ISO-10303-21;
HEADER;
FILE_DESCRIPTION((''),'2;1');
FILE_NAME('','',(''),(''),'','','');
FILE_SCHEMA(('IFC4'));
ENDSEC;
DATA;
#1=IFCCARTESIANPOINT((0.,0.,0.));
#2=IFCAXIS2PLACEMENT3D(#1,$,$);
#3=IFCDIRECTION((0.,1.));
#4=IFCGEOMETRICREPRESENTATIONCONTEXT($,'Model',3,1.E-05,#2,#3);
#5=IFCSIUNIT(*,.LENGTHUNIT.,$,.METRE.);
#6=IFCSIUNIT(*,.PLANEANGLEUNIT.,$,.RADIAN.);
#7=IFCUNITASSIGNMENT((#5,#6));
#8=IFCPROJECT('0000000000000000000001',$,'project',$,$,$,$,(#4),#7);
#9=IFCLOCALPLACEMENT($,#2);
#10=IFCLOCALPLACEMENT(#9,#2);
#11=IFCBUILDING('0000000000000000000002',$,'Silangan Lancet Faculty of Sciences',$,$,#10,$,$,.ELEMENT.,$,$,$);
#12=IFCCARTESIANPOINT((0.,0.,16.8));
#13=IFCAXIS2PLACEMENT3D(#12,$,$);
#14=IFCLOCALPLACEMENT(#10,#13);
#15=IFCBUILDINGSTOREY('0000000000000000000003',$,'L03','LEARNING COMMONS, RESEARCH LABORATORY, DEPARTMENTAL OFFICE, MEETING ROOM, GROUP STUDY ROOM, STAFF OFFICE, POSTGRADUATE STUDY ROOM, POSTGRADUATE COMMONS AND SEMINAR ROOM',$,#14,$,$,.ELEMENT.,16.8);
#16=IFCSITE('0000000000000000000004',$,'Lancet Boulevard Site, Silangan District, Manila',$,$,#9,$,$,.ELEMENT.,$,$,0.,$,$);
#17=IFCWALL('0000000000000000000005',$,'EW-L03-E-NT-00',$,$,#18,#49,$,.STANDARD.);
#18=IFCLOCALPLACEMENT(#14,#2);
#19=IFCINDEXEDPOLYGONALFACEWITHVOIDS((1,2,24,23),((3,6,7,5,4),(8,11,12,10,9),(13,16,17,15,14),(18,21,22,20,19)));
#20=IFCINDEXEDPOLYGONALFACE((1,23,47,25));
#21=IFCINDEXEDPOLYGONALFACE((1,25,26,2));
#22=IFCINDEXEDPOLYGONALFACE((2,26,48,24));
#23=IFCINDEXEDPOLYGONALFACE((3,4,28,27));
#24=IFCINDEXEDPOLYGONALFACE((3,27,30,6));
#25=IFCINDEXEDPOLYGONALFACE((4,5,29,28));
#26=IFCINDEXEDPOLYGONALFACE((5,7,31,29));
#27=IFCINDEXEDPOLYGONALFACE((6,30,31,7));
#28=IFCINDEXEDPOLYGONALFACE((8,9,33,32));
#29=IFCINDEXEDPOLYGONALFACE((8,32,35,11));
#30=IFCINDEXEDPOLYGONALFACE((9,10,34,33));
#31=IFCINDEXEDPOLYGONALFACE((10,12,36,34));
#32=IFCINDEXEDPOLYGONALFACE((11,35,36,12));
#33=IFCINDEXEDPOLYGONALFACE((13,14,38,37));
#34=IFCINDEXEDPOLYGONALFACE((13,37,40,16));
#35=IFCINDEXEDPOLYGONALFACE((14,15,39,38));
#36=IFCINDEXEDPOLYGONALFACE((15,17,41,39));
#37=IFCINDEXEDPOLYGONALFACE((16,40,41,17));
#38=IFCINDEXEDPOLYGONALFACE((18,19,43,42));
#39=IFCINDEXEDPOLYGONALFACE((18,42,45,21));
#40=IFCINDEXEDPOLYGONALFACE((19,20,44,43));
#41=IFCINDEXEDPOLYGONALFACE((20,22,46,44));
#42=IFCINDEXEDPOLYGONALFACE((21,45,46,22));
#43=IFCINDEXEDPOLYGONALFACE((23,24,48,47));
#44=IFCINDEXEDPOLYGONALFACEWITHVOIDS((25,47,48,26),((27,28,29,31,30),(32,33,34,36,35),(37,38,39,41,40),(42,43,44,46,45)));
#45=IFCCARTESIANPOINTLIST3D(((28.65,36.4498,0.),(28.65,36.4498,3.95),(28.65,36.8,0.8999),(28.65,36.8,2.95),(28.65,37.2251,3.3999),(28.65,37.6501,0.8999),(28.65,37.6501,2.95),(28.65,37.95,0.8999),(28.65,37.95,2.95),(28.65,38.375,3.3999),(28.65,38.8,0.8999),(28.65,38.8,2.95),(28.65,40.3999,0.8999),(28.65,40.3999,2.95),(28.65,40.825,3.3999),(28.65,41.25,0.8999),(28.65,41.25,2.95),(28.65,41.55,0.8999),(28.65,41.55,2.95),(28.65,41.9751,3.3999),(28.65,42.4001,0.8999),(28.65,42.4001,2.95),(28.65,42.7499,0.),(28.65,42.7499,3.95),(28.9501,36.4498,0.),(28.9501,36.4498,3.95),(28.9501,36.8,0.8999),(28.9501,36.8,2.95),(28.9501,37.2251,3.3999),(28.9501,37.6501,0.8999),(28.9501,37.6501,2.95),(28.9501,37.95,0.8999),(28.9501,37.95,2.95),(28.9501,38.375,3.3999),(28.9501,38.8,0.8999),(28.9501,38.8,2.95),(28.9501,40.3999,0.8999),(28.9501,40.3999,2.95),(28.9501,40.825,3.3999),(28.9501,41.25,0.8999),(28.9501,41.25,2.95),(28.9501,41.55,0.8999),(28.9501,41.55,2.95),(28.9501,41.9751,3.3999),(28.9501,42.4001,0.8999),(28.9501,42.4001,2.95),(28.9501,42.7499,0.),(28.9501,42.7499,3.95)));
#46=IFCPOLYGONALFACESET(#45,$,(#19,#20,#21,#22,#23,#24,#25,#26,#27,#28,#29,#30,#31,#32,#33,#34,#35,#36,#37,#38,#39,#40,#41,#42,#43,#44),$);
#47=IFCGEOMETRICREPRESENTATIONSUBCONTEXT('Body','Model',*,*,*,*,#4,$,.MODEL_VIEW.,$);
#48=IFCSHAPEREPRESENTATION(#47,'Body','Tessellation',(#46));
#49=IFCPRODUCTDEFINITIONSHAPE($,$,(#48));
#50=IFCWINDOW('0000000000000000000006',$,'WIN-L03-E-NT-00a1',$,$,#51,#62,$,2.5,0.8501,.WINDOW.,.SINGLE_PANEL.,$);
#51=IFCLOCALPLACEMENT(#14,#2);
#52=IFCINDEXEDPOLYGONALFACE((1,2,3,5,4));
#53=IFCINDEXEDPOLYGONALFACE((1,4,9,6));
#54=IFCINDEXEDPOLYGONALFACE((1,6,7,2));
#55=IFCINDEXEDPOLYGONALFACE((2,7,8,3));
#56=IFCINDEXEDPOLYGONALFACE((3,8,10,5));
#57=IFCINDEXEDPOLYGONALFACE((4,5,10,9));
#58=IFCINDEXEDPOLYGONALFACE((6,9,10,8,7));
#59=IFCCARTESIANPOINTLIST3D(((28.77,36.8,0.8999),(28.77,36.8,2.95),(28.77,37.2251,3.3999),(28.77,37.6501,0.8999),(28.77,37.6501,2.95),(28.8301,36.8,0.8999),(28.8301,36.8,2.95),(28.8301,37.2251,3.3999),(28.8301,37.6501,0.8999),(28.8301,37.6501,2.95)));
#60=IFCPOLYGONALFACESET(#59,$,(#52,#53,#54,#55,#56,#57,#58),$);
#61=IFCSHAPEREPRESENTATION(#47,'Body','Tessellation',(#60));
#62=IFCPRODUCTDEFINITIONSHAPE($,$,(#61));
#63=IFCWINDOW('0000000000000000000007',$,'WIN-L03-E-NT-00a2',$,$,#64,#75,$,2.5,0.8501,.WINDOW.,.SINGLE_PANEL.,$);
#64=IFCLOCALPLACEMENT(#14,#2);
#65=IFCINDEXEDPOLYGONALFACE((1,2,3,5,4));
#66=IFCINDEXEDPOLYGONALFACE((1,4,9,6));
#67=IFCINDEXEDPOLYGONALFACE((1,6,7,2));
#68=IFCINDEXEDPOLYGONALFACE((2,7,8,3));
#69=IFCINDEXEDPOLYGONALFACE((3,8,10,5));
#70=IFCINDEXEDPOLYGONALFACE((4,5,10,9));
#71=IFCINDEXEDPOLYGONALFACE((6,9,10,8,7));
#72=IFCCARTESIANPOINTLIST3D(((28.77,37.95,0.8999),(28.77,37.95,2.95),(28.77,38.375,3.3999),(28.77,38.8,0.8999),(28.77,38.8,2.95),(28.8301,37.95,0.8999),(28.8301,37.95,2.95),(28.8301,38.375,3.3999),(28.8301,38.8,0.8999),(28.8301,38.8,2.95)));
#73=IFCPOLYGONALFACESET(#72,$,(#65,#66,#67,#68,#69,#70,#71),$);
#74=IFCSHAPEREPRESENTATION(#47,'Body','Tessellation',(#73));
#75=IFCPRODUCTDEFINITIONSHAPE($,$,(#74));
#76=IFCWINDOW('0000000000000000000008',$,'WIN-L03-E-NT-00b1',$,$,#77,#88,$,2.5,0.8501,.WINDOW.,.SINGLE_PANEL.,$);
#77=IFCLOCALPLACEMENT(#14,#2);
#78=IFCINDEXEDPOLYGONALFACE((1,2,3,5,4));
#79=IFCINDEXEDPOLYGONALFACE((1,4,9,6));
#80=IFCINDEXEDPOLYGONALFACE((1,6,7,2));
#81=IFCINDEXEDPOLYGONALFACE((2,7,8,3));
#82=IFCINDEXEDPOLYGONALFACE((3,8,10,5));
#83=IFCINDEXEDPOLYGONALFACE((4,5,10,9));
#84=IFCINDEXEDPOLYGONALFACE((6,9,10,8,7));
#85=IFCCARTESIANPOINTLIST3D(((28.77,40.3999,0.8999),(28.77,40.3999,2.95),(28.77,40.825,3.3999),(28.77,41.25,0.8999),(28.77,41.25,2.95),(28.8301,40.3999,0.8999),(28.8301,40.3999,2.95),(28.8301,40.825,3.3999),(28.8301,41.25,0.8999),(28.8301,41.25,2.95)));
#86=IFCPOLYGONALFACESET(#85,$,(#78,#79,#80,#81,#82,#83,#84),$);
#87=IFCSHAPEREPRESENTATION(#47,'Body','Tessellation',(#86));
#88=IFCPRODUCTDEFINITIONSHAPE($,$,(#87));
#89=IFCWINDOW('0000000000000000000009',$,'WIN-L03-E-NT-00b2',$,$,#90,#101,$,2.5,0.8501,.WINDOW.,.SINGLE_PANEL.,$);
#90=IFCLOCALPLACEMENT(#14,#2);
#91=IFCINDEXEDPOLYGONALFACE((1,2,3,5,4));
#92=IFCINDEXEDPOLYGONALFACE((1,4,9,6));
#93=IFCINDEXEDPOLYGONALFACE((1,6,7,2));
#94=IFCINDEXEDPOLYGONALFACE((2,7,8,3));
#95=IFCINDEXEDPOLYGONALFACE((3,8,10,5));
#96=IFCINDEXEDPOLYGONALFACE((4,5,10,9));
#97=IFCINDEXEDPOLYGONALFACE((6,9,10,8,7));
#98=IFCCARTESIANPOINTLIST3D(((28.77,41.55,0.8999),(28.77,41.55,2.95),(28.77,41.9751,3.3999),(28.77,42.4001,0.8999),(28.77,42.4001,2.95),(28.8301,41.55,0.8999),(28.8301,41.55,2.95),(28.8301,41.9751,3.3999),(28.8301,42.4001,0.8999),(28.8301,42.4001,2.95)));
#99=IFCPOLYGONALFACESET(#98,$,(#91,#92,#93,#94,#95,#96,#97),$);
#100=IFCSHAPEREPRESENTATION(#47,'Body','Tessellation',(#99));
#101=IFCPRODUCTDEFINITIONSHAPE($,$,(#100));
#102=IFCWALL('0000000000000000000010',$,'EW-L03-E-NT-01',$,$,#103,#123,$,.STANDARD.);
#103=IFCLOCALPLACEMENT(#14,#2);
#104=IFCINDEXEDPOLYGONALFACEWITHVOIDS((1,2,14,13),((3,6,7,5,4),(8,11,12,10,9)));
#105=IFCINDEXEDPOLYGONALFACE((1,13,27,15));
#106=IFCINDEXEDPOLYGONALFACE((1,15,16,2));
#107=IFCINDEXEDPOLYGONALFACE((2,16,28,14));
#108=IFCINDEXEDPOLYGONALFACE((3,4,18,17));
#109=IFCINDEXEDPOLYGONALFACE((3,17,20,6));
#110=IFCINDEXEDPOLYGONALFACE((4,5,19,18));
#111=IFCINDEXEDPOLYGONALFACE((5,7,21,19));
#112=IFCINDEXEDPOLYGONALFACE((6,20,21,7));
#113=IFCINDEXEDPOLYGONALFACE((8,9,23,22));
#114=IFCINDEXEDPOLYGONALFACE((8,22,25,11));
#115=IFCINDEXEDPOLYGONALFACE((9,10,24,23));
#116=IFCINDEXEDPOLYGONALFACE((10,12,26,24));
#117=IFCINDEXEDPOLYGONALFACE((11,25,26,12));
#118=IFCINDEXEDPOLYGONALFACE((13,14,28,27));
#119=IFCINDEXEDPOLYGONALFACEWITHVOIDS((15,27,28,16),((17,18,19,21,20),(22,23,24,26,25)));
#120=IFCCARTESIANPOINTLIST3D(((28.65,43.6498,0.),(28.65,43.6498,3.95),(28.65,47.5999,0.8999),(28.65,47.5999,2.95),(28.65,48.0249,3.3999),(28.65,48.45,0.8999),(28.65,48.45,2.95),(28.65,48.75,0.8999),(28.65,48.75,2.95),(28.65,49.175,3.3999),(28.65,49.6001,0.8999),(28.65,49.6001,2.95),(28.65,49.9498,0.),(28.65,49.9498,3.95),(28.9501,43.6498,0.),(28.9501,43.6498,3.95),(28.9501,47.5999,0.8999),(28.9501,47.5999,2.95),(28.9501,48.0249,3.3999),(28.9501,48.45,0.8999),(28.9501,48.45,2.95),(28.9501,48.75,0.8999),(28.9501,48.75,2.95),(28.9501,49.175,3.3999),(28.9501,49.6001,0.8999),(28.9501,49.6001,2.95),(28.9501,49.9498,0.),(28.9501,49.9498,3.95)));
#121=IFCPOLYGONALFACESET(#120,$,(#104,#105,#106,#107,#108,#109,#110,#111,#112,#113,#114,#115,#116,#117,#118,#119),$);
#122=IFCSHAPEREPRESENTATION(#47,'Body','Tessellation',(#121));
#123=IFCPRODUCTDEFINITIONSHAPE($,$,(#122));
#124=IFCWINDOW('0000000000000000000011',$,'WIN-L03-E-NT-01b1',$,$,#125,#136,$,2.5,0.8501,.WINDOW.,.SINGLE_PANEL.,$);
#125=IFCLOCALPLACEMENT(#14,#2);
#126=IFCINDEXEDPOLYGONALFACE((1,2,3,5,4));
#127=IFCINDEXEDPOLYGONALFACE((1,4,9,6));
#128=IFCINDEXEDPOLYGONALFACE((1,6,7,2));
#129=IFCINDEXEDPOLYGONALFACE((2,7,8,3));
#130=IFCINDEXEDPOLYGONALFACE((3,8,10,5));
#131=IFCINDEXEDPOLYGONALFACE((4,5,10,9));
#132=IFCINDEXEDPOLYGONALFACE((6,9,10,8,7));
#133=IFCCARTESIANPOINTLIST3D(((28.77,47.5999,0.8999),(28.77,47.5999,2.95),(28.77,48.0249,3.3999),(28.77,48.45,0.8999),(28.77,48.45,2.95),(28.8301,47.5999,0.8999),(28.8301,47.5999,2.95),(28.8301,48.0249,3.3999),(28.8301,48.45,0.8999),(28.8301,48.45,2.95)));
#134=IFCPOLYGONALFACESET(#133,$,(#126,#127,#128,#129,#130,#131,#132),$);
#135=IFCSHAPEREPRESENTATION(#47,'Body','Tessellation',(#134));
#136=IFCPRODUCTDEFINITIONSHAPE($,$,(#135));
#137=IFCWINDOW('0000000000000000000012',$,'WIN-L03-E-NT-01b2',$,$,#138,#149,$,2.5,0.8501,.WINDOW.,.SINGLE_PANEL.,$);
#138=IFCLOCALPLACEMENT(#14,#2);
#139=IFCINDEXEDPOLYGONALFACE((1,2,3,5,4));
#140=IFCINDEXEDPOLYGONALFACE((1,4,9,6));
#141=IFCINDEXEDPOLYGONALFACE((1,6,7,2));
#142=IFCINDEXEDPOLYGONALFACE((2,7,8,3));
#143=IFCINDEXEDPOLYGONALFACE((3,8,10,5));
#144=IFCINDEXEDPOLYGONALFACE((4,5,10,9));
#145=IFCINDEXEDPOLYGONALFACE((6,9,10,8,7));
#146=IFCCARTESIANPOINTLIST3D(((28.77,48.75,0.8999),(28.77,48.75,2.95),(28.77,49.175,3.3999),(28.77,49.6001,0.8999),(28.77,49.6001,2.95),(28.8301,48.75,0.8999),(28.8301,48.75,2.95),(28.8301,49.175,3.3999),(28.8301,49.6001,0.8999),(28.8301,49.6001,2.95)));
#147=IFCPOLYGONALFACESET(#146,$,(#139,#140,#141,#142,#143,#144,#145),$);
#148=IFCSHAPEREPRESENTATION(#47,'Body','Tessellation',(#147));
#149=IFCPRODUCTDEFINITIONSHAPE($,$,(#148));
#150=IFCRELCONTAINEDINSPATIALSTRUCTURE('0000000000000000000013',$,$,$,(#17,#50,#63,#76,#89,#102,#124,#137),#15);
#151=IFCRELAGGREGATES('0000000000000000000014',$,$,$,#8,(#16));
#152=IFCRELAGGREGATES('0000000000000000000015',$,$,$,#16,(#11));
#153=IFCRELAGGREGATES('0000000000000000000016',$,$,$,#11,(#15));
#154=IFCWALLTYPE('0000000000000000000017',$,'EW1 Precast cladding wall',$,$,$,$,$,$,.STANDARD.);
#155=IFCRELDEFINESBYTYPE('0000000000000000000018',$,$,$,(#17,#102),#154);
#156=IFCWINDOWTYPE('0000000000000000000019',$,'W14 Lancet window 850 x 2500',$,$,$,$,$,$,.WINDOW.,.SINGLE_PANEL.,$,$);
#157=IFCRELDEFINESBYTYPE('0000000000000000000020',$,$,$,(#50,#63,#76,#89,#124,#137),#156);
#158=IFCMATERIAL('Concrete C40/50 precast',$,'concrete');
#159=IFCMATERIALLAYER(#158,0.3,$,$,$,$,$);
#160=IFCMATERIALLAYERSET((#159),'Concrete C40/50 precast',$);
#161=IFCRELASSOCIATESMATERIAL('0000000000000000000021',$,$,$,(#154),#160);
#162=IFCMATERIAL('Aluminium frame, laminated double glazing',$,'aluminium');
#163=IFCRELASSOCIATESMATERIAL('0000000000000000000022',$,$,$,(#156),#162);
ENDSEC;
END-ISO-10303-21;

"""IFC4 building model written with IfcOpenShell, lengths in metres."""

from ifc_helpers import new_model, si_unit, direction, frame, frame_2d, origin, place, context, subcontext, project, spatial, polyline, rectangle, outline, extrude, material, layer, layer_set, type_object, element, fill, save


model = new_model("IFC4")

# Units and contexts
model_context = context("Model", 3, precision=1e-05, world=origin(), true_north=direction((0.0, 1.0)))
body_context = subcontext(model_context, "Body", "Model", "MODEL_VIEW")
ifc_project = project(units=[si_unit("LENGTHUNIT", "METRE"), si_unit("PLANEANGLEUNIT", "RADIAN")], contexts=[model_context])

# Site, building, storey
site_placement = place(None, origin())
site = spatial("IfcSite", under=ifc_project, at=site_placement, Name="Lancet Boulevard Site, Silangan District, Manila", CompositionType="ELEMENT", RefElevation=0.0)
building_placement = place(site_placement, origin())
building = spatial("IfcBuilding", under=site, at=building_placement, Name="Silangan Lancet Faculty of Sciences", CompositionType="ELEMENT")
storey_placement = place(building_placement, frame((0.0, 0.0, 16.8)))
storey = spatial("IfcBuildingStorey", under=building, at=storey_placement, Name="L03", Description="LEARNING COMMONS, RESEARCH LABORATORY, DEPARTMENTAL OFFICE, MEETING ROOM, GROUP STUDY ROOM, STAFF OFFICE, POSTGRADUATE STUDY ROOM, POSTGRADUATE COMMONS AND SEMINAR ROOM", CompositionType="ELEMENT", Elevation=16.8)

# Walls, openings, windows
ifc_material_1 = material(Name="Concrete C40/50 precast", Category="concrete")
ifc_layer_1 = layer(ifc_material_1, 0.3)
ifc_layer_set_1 = layer_set([ifc_layer_1], Name="Concrete C40/50 precast")
wall_type_1 = type_object("IfcWallType", Name="EW1 Precast cladding wall", PredefinedType="STANDARD", material=ifc_layer_set_1)
wall_1_placement = place(storey_placement, frame((28.8, 36.45, 0.0), z_axis=(0.0, 0.0, 1.0), x_axis=(0.0, 1.0, 0.0)))
wall_1 = element("IfcWall", 1, at=wall_1_placement, inside=storey, type_object=wall_type_1, Name="EW-L03-E-NT-00", PredefinedType="STANDARD", context=body_context, shape_type="SweptSolid", body=[
    extrude(rectangle(XDim=6.3, YDim=0.3, at=frame_2d((3.1499, 0.0))), origin(), (0.0, 0.0, 1.0), 3.95),
])
opening_1_placement = place(wall_1_placement, frame((0.3501, 0.0, 0.8999)))
opening_1 = element("IfcOpeningElement", 2, at=opening_1_placement, cuts=wall_1, PredefinedType="OPENING", context=body_context, shape_type="SweptSolid", body=[
    extrude(outline(polyline([(0.0, 0.0), (0.8501, 0.0), (0.8501, 2.05), (0.425, 2.5), (0.0, 2.05), (0.0, 0.0)])), frame((0.0, 0.1599, 0.0), z_axis=(0.0, -1.0, 0.0), x_axis=(1.0, 0.0, 0.0)), (0.0, 0.0, 1.0), 0.3201),
])
opening_2_placement = place(wall_1_placement, frame((1.5, 0.0, 0.8999)))
opening_2 = element("IfcOpeningElement", 3, at=opening_2_placement, cuts=wall_1, PredefinedType="OPENING", context=body_context, shape_type="SweptSolid", body=[
    extrude(outline(polyline([(0.0, 0.0), (0.8501, 0.0), (0.8501, 2.05), (0.425, 2.5), (0.0, 2.05), (0.0, 0.0)])), frame((0.0, 0.1599, 0.0), z_axis=(0.0, -1.0, 0.0), x_axis=(1.0, 0.0, 0.0)), (0.0, 0.0, 1.0), 0.3201),
])
opening_3_placement = place(wall_1_placement, frame((3.95, 0.0, 0.8999)))
opening_3 = element("IfcOpeningElement", 4, at=opening_3_placement, cuts=wall_1, PredefinedType="OPENING", context=body_context, shape_type="SweptSolid", body=[
    extrude(outline(polyline([(0.0, 0.0), (0.8501, 0.0), (0.8501, 2.05), (0.425, 2.5), (0.0, 2.05), (0.0, 0.0)])), frame((0.0, 0.1599, 0.0), z_axis=(0.0, -1.0, 0.0), x_axis=(1.0, 0.0, 0.0)), (0.0, 0.0, 1.0), 0.3201),
])
opening_4_placement = place(wall_1_placement, frame((5.1001, 0.0, 0.8999)))
opening_4 = element("IfcOpeningElement", 5, at=opening_4_placement, cuts=wall_1, PredefinedType="OPENING", context=body_context, shape_type="SweptSolid", body=[
    extrude(outline(polyline([(0.0, 0.0), (0.8501, 0.0), (0.8501, 2.05), (0.425, 2.5), (0.0, 2.05), (0.0, 0.0)])), frame((0.0, 0.1599, 0.0), z_axis=(0.0, -1.0, 0.0), x_axis=(1.0, 0.0, 0.0)), (0.0, 0.0, 1.0), 0.3201),
])
ifc_material_2 = material(Name="Aluminium frame, laminated double glazing", Category="aluminium")
window_type_1 = type_object("IfcWindowType", Name="W14 Lancet window 850 x 2500", PartitioningType="SINGLE_PANEL", PredefinedType="WINDOW", material=ifc_material_2)
window_1_placement = place(opening_1_placement, origin())
window_1 = element("IfcWindow", 6, at=window_1_placement, inside=storey, type_object=window_type_1, Name="WIN-L03-E-NT-00a1", OverallHeight=2.5, OverallWidth=0.8501, PartitioningType="SINGLE_PANEL", PredefinedType="WINDOW", context=body_context, shape_type="SweptSolid", body=[
    extrude(outline(polyline([(0.0, 0.0), (0.8501, 0.0), (0.8501, 2.05), (0.425, 2.5), (0.0, 2.05), (0.0, 0.0)])), frame((0.0, 0.03, 0.0), z_axis=(0.0, -1.0, 0.0), x_axis=(1.0, 0.0, 0.0)), (0.0, 0.0, 1.0), 0.0601),
])
fill(opening_1, window_1)
window_2_placement = place(opening_2_placement, origin())
window_2 = element("IfcWindow", 7, at=window_2_placement, inside=storey, type_object=window_type_1, Name="WIN-L03-E-NT-00a2", OverallHeight=2.5, OverallWidth=0.8501, PartitioningType="SINGLE_PANEL", PredefinedType="WINDOW", context=body_context, shape_type="SweptSolid", body=[
    extrude(outline(polyline([(0.0, 0.0), (0.8501, 0.0), (0.8501, 2.05), (0.425, 2.5), (0.0, 2.05), (0.0, 0.0)])), frame((0.0, 0.03, 0.0), z_axis=(0.0, -1.0, 0.0), x_axis=(1.0, 0.0, 0.0)), (0.0, 0.0, 1.0), 0.0601),
])
fill(opening_2, window_2)
window_3_placement = place(opening_3_placement, origin())
window_3 = element("IfcWindow", 8, at=window_3_placement, inside=storey, type_object=window_type_1, Name="WIN-L03-E-NT-00b1", OverallHeight=2.5, OverallWidth=0.8501, PartitioningType="SINGLE_PANEL", PredefinedType="WINDOW", context=body_context, shape_type="SweptSolid", body=[
    extrude(outline(polyline([(0.0, 0.0), (0.8501, 0.0), (0.8501, 2.05), (0.425, 2.5), (0.0, 2.05), (0.0, 0.0)])), frame((0.0, 0.03, 0.0), z_axis=(0.0, -1.0, 0.0), x_axis=(1.0, 0.0, 0.0)), (0.0, 0.0, 1.0), 0.0601),
])
fill(opening_3, window_3)
window_4_placement = place(opening_4_placement, origin())
window_4 = element("IfcWindow", 9, at=window_4_placement, inside=storey, type_object=window_type_1, Name="WIN-L03-E-NT-00b2", OverallHeight=2.5, OverallWidth=0.8501, PartitioningType="SINGLE_PANEL", PredefinedType="WINDOW", context=body_context, shape_type="SweptSolid", body=[
    extrude(outline(polyline([(0.0, 0.0), (0.8501, 0.0), (0.8501, 2.05), (0.425, 2.5), (0.0, 2.05), (0.0, 0.0)])), frame((0.0, 0.03, 0.0), z_axis=(0.0, -1.0, 0.0), x_axis=(1.0, 0.0, 0.0)), (0.0, 0.0, 1.0), 0.0601),
])
fill(opening_4, window_4)
wall_2_placement = place(storey_placement, frame((28.8, 43.6499, 0.0), z_axis=(0.0, 0.0, 1.0), x_axis=(0.0, 1.0, 0.0)))
wall_2 = element("IfcWall", 10, at=wall_2_placement, inside=storey, type_object=wall_type_1, Name="EW-L03-E-NT-01", PredefinedType="STANDARD", context=body_context, shape_type="SweptSolid", body=[
    extrude(rectangle(XDim=6.3, YDim=0.3, at=frame_2d((3.1499, 0.0))), origin(), (0.0, 0.0, 1.0), 3.95),
])
opening_5_placement = place(wall_2_placement, frame((3.95, 0.0, 0.8999)))
opening_5 = element("IfcOpeningElement", 11, at=opening_5_placement, cuts=wall_2, PredefinedType="OPENING", context=body_context, shape_type="SweptSolid", body=[
    extrude(outline(polyline([(0.0, 0.0), (0.8501, 0.0), (0.8501, 2.05), (0.425, 2.5), (0.0, 2.05), (0.0, 0.0)])), frame((0.0, 0.1599, 0.0), z_axis=(0.0, -1.0, 0.0), x_axis=(1.0, 0.0, 0.0)), (0.0, 0.0, 1.0), 0.3201),
])
opening_6_placement = place(wall_2_placement, frame((5.1001, 0.0, 0.8999)))
opening_6 = element("IfcOpeningElement", 12, at=opening_6_placement, cuts=wall_2, PredefinedType="OPENING", context=body_context, shape_type="SweptSolid", body=[
    extrude(outline(polyline([(0.0, 0.0), (0.8501, 0.0), (0.8501, 2.05), (0.425, 2.5), (0.0, 2.05), (0.0, 0.0)])), frame((0.0, 0.1599, 0.0), z_axis=(0.0, -1.0, 0.0), x_axis=(1.0, 0.0, 0.0)), (0.0, 0.0, 1.0), 0.3201),
])
window_5_placement = place(opening_5_placement, origin())
window_5 = element("IfcWindow", 13, at=window_5_placement, inside=storey, type_object=window_type_1, Name="WIN-L03-E-NT-01b1", OverallHeight=2.5, OverallWidth=0.8501, PartitioningType="SINGLE_PANEL", PredefinedType="WINDOW", context=body_context, shape_type="SweptSolid", body=[
    extrude(outline(polyline([(0.0, 0.0), (0.8501, 0.0), (0.8501, 2.05), (0.425, 2.5), (0.0, 2.05), (0.0, 0.0)])), frame((0.0, 0.03, 0.0), z_axis=(0.0, -1.0, 0.0), x_axis=(1.0, 0.0, 0.0)), (0.0, 0.0, 1.0), 0.0601),
])
fill(opening_5, window_5)
window_6_placement = place(opening_6_placement, origin())
window_6 = element("IfcWindow", 14, at=window_6_placement, inside=storey, type_object=window_type_1, Name="WIN-L03-E-NT-01b2", OverallHeight=2.5, OverallWidth=0.8501, PartitioningType="SINGLE_PANEL", PredefinedType="WINDOW", context=body_context, shape_type="SweptSolid", body=[
    extrude(outline(polyline([(0.0, 0.0), (0.8501, 0.0), (0.8501, 2.05), (0.425, 2.5), (0.0, 2.05), (0.0, 0.0)])), frame((0.0, 0.03, 0.0), z_axis=(0.0, -1.0, 0.0), x_axis=(1.0, 0.0, 0.0)), (0.0, 0.0, 1.0), 0.0601),
])
fill(opening_6, window_6)

save(model, "model.ifc")
